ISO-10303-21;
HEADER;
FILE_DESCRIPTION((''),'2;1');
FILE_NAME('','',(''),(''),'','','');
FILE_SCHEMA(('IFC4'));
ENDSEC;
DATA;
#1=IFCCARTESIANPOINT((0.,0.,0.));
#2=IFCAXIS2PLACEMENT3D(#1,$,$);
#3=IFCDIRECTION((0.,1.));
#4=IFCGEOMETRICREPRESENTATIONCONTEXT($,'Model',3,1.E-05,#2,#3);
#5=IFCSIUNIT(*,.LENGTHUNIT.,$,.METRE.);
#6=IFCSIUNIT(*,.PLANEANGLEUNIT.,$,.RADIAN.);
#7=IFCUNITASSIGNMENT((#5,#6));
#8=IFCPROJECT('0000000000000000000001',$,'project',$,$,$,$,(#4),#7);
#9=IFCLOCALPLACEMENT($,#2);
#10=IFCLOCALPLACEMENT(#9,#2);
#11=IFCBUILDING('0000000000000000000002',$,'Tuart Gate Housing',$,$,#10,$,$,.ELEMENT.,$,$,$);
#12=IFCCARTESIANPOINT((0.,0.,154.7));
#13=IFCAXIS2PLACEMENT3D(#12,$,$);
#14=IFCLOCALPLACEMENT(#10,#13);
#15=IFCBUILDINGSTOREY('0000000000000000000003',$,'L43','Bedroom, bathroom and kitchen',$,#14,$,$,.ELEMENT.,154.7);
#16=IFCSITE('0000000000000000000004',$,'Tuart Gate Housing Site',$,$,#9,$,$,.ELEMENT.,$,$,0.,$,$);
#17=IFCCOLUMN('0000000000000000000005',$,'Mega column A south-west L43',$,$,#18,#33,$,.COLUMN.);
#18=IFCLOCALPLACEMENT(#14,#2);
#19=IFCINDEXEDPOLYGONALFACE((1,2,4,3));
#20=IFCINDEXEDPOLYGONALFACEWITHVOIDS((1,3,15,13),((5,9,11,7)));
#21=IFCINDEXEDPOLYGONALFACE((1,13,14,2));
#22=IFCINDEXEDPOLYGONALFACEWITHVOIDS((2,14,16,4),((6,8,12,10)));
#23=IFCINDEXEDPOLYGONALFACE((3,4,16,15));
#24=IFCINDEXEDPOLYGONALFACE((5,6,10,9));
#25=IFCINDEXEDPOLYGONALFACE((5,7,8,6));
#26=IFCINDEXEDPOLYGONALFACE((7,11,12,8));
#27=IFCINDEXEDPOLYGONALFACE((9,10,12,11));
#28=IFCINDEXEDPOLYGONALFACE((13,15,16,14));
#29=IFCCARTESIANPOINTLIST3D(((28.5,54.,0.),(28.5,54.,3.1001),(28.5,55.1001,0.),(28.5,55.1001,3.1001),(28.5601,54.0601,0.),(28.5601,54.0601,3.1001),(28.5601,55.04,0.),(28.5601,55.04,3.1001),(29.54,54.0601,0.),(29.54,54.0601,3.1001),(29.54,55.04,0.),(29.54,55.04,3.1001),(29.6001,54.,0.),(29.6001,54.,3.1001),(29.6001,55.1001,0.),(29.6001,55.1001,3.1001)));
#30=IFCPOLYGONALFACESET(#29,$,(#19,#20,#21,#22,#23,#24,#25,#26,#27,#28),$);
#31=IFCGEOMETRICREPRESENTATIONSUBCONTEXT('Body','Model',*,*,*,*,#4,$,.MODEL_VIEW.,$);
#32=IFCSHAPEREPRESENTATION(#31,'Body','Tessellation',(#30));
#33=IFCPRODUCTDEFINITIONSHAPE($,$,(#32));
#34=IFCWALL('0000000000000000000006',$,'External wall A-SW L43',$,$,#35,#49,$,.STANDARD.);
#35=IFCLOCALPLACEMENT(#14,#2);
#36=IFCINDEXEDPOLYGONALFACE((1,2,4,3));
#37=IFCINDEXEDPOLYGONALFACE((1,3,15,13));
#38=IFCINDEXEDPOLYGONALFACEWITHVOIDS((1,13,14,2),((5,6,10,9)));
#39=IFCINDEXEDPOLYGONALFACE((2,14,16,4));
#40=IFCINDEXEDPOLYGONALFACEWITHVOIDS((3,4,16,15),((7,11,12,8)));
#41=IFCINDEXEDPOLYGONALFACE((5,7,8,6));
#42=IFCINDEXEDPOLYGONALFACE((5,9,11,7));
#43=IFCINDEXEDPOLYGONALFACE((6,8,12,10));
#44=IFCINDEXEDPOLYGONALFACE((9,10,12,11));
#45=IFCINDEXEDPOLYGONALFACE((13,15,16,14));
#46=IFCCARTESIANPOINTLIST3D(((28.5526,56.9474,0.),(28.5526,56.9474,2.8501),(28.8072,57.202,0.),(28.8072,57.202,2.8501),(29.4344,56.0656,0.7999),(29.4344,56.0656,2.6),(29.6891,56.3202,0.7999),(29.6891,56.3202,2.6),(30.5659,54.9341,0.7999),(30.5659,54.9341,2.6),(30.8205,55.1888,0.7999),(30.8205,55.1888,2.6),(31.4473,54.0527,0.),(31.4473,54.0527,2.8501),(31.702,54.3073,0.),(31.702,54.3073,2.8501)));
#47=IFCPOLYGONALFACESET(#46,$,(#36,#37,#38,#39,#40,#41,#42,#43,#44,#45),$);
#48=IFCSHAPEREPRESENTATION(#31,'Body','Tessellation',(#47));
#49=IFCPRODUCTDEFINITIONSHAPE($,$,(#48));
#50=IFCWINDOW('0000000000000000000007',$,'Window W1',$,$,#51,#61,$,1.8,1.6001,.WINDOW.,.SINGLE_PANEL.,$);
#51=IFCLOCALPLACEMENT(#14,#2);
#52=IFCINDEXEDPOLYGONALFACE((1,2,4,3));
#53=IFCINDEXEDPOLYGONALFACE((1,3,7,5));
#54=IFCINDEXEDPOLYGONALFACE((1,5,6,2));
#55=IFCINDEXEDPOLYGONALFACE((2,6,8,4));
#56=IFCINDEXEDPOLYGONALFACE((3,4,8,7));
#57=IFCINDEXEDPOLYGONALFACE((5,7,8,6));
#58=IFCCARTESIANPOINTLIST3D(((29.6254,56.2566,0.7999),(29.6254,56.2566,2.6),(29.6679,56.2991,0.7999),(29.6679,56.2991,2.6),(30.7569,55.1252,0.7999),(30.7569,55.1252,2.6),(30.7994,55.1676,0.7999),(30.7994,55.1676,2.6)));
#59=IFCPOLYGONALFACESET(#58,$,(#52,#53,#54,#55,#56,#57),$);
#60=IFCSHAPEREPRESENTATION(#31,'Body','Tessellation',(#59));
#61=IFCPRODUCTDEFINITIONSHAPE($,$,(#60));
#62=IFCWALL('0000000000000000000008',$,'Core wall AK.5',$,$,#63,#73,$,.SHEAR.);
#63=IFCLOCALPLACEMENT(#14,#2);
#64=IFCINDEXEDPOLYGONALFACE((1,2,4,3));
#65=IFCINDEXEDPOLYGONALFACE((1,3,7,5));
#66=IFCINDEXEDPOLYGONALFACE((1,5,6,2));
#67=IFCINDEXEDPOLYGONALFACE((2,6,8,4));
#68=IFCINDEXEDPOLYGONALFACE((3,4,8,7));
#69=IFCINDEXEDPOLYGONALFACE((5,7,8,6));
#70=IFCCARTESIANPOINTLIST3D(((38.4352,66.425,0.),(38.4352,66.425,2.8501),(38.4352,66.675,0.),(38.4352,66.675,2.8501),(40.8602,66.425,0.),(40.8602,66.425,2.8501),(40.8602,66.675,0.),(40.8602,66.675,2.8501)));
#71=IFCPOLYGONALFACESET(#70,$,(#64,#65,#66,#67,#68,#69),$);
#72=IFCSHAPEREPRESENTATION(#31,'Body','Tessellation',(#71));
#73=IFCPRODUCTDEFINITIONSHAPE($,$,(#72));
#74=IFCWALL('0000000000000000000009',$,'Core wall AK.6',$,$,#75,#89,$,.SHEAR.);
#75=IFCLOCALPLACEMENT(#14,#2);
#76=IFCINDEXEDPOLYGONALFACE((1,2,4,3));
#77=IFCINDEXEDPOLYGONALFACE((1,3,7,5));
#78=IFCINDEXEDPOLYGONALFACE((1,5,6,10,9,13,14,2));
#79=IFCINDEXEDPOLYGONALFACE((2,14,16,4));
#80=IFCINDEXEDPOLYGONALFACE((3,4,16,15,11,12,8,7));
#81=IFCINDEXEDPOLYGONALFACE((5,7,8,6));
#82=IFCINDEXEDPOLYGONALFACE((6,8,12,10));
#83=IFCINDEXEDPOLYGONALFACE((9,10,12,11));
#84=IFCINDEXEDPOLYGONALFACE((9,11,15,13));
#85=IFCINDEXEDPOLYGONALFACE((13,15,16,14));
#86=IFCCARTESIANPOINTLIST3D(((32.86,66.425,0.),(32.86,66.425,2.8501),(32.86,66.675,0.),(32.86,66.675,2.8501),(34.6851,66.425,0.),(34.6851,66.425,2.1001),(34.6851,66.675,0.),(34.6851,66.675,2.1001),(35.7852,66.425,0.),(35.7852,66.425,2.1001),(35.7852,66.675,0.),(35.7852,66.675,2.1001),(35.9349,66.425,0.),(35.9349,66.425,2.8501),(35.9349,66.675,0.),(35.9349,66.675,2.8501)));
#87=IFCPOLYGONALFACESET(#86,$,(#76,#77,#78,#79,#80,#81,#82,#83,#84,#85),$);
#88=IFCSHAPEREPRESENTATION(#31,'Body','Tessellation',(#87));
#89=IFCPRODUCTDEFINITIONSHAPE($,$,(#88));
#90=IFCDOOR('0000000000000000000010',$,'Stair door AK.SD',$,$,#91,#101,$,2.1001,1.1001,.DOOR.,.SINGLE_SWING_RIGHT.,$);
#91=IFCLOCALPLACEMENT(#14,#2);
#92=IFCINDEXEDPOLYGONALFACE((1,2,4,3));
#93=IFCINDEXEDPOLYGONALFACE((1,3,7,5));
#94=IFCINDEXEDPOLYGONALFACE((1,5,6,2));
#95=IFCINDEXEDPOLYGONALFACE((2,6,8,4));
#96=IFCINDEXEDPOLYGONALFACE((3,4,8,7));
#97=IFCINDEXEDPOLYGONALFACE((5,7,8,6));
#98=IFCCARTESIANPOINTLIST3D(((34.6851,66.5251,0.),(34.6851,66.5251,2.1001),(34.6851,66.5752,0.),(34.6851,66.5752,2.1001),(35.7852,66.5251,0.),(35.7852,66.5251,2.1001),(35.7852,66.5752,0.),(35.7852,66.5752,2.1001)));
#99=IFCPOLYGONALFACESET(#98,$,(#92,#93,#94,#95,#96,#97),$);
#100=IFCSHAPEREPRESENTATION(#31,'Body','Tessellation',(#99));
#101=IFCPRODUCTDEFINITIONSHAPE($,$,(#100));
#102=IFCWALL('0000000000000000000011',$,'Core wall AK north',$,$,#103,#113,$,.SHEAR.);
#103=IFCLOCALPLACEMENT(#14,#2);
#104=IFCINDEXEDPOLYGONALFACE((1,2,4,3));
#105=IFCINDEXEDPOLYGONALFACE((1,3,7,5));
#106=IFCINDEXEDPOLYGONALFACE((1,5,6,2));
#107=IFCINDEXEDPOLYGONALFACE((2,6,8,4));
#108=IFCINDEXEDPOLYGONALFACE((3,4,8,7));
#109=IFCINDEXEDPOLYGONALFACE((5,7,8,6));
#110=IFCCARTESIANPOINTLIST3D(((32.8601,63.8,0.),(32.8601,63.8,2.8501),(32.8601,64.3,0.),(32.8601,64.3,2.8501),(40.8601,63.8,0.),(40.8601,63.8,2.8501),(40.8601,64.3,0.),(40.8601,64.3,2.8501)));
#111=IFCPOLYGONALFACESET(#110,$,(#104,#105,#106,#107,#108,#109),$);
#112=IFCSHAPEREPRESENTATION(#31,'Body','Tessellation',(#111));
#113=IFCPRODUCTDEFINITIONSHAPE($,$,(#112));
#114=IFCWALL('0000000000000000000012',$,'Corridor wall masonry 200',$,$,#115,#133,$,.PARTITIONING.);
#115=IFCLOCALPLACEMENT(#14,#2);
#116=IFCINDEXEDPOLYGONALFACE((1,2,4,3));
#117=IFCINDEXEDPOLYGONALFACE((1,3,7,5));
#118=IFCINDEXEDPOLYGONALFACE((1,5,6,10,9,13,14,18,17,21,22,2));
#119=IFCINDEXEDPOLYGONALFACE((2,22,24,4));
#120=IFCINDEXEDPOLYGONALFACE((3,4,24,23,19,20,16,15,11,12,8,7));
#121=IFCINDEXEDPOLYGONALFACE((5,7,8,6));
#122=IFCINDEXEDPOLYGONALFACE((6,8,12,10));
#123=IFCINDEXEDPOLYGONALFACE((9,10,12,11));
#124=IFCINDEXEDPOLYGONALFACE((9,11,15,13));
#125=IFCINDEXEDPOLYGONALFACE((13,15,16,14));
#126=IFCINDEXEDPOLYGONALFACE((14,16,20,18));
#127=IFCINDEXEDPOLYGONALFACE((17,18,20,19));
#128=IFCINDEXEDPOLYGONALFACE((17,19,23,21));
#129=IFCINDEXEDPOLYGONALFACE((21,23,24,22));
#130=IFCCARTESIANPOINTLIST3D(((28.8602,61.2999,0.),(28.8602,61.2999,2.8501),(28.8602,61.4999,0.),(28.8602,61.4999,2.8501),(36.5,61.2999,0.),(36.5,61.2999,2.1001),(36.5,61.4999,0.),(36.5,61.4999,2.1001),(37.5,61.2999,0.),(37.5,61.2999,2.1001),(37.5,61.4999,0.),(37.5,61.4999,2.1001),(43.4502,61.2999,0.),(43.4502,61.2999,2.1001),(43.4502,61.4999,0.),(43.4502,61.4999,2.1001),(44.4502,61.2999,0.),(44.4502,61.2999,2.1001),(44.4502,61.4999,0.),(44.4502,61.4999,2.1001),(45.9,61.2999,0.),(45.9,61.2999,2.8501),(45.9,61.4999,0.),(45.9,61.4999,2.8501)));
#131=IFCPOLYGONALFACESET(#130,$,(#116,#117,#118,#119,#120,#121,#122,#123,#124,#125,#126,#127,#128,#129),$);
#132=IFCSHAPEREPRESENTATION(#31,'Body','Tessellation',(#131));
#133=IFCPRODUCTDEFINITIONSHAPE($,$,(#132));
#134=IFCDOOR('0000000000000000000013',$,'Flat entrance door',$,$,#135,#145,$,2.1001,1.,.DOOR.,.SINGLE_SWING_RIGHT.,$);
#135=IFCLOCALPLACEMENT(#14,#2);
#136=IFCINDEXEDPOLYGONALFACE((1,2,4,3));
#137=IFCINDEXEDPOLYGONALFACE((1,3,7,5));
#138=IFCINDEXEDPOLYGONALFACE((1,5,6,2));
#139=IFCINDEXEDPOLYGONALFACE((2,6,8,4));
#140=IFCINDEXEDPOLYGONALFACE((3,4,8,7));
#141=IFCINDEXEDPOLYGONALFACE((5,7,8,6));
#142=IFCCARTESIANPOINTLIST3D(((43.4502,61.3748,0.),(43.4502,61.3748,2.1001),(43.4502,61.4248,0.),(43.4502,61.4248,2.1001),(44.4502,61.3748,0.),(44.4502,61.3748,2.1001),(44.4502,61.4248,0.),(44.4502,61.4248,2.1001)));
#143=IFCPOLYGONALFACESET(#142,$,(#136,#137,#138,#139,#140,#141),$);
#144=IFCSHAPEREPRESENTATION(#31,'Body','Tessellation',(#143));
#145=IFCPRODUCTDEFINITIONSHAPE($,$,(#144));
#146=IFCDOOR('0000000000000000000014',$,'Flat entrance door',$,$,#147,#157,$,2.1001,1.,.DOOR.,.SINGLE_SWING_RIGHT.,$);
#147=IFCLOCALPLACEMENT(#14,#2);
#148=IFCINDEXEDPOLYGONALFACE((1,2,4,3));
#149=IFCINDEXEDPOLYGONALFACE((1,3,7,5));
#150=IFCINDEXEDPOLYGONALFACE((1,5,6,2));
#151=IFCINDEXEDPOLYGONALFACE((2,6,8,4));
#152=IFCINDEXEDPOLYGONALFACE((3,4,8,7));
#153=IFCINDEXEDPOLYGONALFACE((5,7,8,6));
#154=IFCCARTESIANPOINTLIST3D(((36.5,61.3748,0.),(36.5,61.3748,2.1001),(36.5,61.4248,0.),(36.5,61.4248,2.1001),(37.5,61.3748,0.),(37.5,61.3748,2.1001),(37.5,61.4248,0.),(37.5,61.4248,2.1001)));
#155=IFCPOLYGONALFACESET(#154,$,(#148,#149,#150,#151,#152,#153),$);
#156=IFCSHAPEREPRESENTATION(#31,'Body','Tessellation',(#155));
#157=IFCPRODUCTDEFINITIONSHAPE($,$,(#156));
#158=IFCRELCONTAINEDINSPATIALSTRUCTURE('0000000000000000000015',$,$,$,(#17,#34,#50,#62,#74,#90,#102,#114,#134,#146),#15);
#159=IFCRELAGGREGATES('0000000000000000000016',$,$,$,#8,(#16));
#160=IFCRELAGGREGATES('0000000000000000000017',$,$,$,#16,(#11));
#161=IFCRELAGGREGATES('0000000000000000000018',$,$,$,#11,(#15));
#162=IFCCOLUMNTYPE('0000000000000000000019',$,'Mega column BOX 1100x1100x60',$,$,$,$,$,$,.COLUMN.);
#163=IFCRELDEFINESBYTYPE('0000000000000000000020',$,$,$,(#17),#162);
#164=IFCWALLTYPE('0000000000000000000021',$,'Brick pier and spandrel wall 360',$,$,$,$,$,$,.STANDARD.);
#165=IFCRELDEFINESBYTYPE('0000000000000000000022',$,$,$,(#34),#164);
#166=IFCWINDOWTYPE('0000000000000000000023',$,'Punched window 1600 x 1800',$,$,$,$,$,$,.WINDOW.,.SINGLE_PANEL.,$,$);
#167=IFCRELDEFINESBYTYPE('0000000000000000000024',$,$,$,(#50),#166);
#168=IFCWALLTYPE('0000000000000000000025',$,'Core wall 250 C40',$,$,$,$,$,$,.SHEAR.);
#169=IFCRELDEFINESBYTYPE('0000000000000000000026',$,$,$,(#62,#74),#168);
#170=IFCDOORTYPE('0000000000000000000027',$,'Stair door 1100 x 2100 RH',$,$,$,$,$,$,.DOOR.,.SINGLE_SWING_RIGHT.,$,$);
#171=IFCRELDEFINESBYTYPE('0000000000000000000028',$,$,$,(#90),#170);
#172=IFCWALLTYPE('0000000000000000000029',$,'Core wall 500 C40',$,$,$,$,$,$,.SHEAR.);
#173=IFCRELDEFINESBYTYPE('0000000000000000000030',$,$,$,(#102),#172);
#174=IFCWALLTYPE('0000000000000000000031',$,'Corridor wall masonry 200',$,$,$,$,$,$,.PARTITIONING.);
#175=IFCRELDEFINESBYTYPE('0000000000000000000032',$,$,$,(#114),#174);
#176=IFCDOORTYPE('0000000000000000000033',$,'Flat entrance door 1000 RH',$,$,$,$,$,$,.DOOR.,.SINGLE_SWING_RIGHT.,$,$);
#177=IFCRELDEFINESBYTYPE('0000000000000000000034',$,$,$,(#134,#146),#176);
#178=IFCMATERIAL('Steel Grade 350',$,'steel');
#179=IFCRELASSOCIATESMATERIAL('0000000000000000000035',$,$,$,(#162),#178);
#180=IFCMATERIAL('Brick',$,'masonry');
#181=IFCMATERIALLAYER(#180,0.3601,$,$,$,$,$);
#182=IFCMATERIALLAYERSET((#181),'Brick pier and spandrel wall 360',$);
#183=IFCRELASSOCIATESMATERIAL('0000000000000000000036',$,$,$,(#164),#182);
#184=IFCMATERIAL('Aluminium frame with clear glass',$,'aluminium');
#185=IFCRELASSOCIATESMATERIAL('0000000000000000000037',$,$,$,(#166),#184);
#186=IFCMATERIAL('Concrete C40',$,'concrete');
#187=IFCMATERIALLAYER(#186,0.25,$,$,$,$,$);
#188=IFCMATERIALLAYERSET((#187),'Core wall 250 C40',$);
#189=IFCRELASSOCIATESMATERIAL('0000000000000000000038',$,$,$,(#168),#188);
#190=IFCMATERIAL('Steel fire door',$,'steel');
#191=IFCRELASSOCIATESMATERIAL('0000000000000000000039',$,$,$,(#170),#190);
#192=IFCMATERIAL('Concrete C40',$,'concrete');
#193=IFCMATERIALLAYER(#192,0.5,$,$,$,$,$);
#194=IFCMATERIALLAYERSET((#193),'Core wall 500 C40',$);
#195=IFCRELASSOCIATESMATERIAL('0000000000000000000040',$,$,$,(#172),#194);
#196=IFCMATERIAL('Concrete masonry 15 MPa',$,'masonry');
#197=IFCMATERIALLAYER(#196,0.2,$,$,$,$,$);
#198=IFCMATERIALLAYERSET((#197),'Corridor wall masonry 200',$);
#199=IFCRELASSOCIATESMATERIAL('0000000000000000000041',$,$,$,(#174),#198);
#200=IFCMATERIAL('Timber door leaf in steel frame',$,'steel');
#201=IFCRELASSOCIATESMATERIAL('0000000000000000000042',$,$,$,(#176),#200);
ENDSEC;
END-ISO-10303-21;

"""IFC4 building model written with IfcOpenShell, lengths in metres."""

from ifc_helpers import new_model, si_unit, direction, frame, frame_2d, origin, origin_2d, place, context, subcontext, project, spatial, rectangle, hollow_rectangle, extrude, material, layer, layer_set, material_profile, profile_set, type_object, element, fill, save


model = new_model("IFC4")

# Units and contexts
model_context = context("Model", 3, precision=1e-05, world=origin(), true_north=direction((0.0, 1.0)))
body_context = subcontext(model_context, "Body", "Model", "MODEL_VIEW")
ifc_project = project(units=[si_unit("LENGTHUNIT", "METRE"), si_unit("PLANEANGLEUNIT", "RADIAN")], contexts=[model_context])

# Site, building, storey
site_placement = place(None, origin())
site = spatial("IfcSite", under=ifc_project, at=site_placement, Name="Tuart Gate Housing Site", CompositionType="ELEMENT", RefElevation=0.0)
building_placement = place(site_placement, origin())
building = spatial("IfcBuilding", under=site, at=building_placement, Name="Tuart Gate Housing", CompositionType="ELEMENT")
storey_placement = place(building_placement, frame((0.0, 0.0, 154.7)))
storey = spatial("IfcBuildingStorey", under=building, at=storey_placement, Name="L43", Description="Bedroom, bathroom and kitchen", CompositionType="ELEMENT", Elevation=154.7)

# Column
ifc_material_1 = material(Name="Steel Grade 350", Category="steel")
ifc_material_profile = material_profile(ifc_material_1, hollow_rectangle(XDim=1.1001, YDim=1.1001, WallThickness=0.0601, at=origin_2d()), Name="BOX 1100x1100x60")
ifc_profile_set = profile_set([ifc_material_profile], Name="Steel Grade 350")
column_type = type_object("IfcColumnType", Name="Mega column BOX 1100x1100x60", PredefinedType="COLUMN", material=ifc_profile_set)
column_placement = place(storey_placement, frame((29.05, 54.55, 0.0), z_axis=(0.0, 0.0, 1.0), x_axis=(1.0, 0.0, 0.0)))
element("IfcColumn", 1, at=column_placement, inside=storey, type_object=column_type, Name="Mega column A south-west L43", PredefinedType="COLUMN", context=body_context, shape_type="SweptSolid", body=[
    extrude(hollow_rectangle(XDim=1.1001, YDim=1.1001, WallThickness=0.0601, at=origin_2d()), origin(), (0.0, 0.0, 1.0), 3.1001),
])

# Wall, opening, window
ifc_material_2 = material(Name="Brick", Category="masonry")
ifc_layer_1 = layer(ifc_material_2, 0.3601)
ifc_layer_set_1 = layer_set([ifc_layer_1], Name="Brick pier and spandrel wall 360")
wall_type_1 = type_object("IfcWallType", Name="Brick pier and spandrel wall 360", PredefinedType="STANDARD", material=ifc_layer_set_1)
wall_1_placement = place(storey_placement, frame((28.6799, 57.0747, 0.0), z_axis=(0.0, 0.0, 1.0), x_axis=(0.707107, -0.707107, 0.0)))
wall_1 = element("IfcWall", 2, at=wall_1_placement, inside=storey, type_object=wall_type_1, Name="External wall A-SW L43", PredefinedType="STANDARD", context=body_context, shape_type="SweptSolid", body=[
    extrude(rectangle(XDim=4.0938, YDim=0.3601, at=frame_2d((2.0469, 0.0))), origin(), (0.0, 0.0, 1.0), 2.8501),
])
opening_1_placement = place(wall_1_placement, frame((1.2471, 0.0, 0.8)))
opening_1 = element("IfcOpeningElement", 3, at=opening_1_placement, cuts=wall_1, PredefinedType="OPENING", context=body_context, shape_type="SweptSolid", body=[
    extrude(rectangle(XDim=1.6001, YDim=1.8, at=frame_2d((0.8, 0.8999))), frame((0.0, 0.1899, 0.0), z_axis=(0.0, -1.0, 0.0), x_axis=(1.0, 0.0, 0.0)), (0.0, 0.0, 1.0), 0.3801),
])
ifc_material_3 = material(Name="Aluminium frame with clear glass", Category="aluminium")
window_type = type_object("IfcWindowType", Name="Punched window 1600 x 1800", PartitioningType="SINGLE_PANEL", PredefinedType="WINDOW", material=ifc_material_3)
window_placement = place(opening_1_placement, origin())
window = element("IfcWindow", 4, at=window_placement, inside=storey, type_object=window_type, Name="Window W1", OverallHeight=1.8, OverallWidth=1.6001, PartitioningType="SINGLE_PANEL", PredefinedType="WINDOW", context=body_context, shape_type="SweptSolid", body=[
    extrude(rectangle(XDim=1.6001, YDim=1.8, at=frame_2d((0.8, 0.8999))), frame((0.0, 0.1501, 0.0), z_axis=(0.0, -1.0, 0.0), x_axis=(1.0, 0.0, 0.0)), (0.0, 0.0, 1.0), 0.0601),
])
fill(opening_1, window)

# Wall
ifc_material_4 = material(Name="Concrete C40", Category="concrete")
ifc_layer_2 = layer(ifc_material_4, 0.25)
ifc_layer_set_2 = layer_set([ifc_layer_2], Name="Core wall 250 C40")
wall_type_2 = type_object("IfcWallType", Name="Core wall 250 C40", PredefinedType="SHEAR", material=ifc_layer_set_2)
wall_2_placement = place(storey_placement, frame((40.8601, 66.55, 0.0), z_axis=(0.0, 0.0, 1.0), x_axis=(-1.0, 0.0, 0.0)))
element("IfcWall", 5, at=wall_2_placement, inside=storey, type_object=wall_type_2, Name="Core wall AK.5", PredefinedType="SHEAR", context=body_context, shape_type="SweptSolid", body=[
    extrude(rectangle(XDim=2.425, YDim=0.25, at=frame_2d((1.2124, 0.0))), origin(), (0.0, 0.0, 1.0), 2.8501),
])

# Wall, opening, door
wall_3_placement = place(storey_placement, frame((35.9351, 66.55, 0.0), z_axis=(0.0, 0.0, 1.0), x_axis=(-1.0, 0.0, 0.0)))
wall_3 = element("IfcWall", 6, at=wall_3_placement, inside=storey, type_object=wall_type_2, Name="Core wall AK.6", PredefinedType="SHEAR", context=body_context, shape_type="SweptSolid", body=[
    extrude(rectangle(XDim=3.075, YDim=0.25, at=frame_2d((1.5376, 0.0))), origin(), (0.0, 0.0, 1.0), 2.8501),
])
opening_2_placement = place(wall_3_placement, frame((0.1499, 0.0, 0.0)))
opening_2 = element("IfcOpeningElement", 7, at=opening_2_placement, cuts=wall_3, PredefinedType="OPENING", context=body_context, shape_type="SweptSolid", body=[
    extrude(rectangle(XDim=1.1001, YDim=2.1001, at=frame_2d((0.55, 1.05))), frame((0.0, 0.135, 0.0), z_axis=(0.0, -1.0, 0.0), x_axis=(1.0, 0.0, 0.0)), (0.0, 0.0, 1.0), 0.27),
])
ifc_material_5 = material(Name="Steel fire door", Category="steel")
door_type_1 = type_object("IfcDoorType", Name="Stair door 1100 x 2100 RH", OperationType="SINGLE_SWING_RIGHT", PredefinedType="DOOR", material=ifc_material_5)
door_1_placement = place(opening_2_placement, frame((1.1001, 0.0, 0.0), z_axis=(0.0, 0.0, 1.0), x_axis=(-1.0, 0.0, 0.0)))
door_1 = element("IfcDoor", 8, at=door_1_placement, inside=storey, type_object=door_type_1, Name="Stair door AK.SD", OperationType="SINGLE_SWING_RIGHT", OverallHeight=2.1001, OverallWidth=1.1001, PredefinedType="DOOR", context=body_context, shape_type="SweptSolid", body=[
    extrude(rectangle(XDim=1.1001, YDim=2.1001, at=frame_2d((0.55, 1.05))), frame((0.0, 0.0251, 0.0), z_axis=(0.0, -1.0, 0.0), x_axis=(1.0, 0.0, 0.0)), (0.0, 0.0, 1.0), 0.05),
])
fill(opening_2, door_1)

# Wall
ifc_material_6 = material(Name="Concrete C40", Category="concrete")
ifc_layer_3 = layer(ifc_material_6, 0.5)
ifc_layer_set_3 = layer_set([ifc_layer_3], Name="Core wall 500 C40")
wall_type_3 = type_object("IfcWallType", Name="Core wall 500 C40", PredefinedType="SHEAR", material=ifc_layer_set_3)
wall_4_placement = place(storey_placement, frame((40.8601, 64.05, 0.0), z_axis=(0.0, 0.0, 1.0), x_axis=(-1.0, 0.0, 0.0)))
element("IfcWall", 9, at=wall_4_placement, inside=storey, type_object=wall_type_3, Name="Core wall AK north", PredefinedType="SHEAR", context=body_context, shape_type="SweptSolid", body=[
    extrude(rectangle(XDim=8.0, YDim=0.5, at=frame_2d((4.0, 0.0))), origin(), (0.0, 0.0, 1.0), 2.8501),
])

# Wall, openings, doors
ifc_material_7 = material(Name="Concrete masonry 15 MPa", Category="masonry")
ifc_layer_4 = layer(ifc_material_7, 0.2)
ifc_layer_set_4 = layer_set([ifc_layer_4], Name="Corridor wall masonry 200")
wall_type_4 = type_object("IfcWallType", Name="Corridor wall masonry 200", PredefinedType="PARTITIONING", material=ifc_layer_set_4)
wall_5_placement = place(storey_placement, frame((28.8601, 61.3999, 0.0), z_axis=(0.0, 0.0, 1.0), x_axis=(1.0, 0.0, 0.0)))
wall_5 = element("IfcWall", 10, at=wall_5_placement, inside=storey, type_object=wall_type_4, Name="Corridor wall masonry 200", PredefinedType="PARTITIONING", context=body_context, shape_type="SweptSolid", body=[
    extrude(rectangle(XDim=17.0398, YDim=0.2, at=frame_2d((8.52, 0.0))), origin(), (0.0, 0.0, 1.0), 2.8501),
])
opening_3_placement = place(wall_5_placement, frame((14.5901, 0.0, 0.0)))
opening_3 = element("IfcOpeningElement", 11, at=opening_3_placement, cuts=wall_5, PredefinedType="OPENING", context=body_context, shape_type="SweptSolid", body=[
    extrude(rectangle(XDim=1.0, YDim=2.1001, at=frame_2d((0.5, 1.05))), frame((0.0, 0.1099, 0.0), z_axis=(0.0, -1.0, 0.0), x_axis=(1.0, 0.0, 0.0)), (0.0, 0.0, 1.0), 0.22),
])
opening_4_placement = place(wall_5_placement, frame((7.6399, 0.0, 0.0)))
opening_4 = element("IfcOpeningElement", 12, at=opening_4_placement, cuts=wall_5, PredefinedType="OPENING", context=body_context, shape_type="SweptSolid", body=[
    extrude(rectangle(XDim=1.0, YDim=2.1001, at=frame_2d((0.5, 1.05))), frame((0.0, 0.1099, 0.0), z_axis=(0.0, -1.0, 0.0), x_axis=(1.0, 0.0, 0.0)), (0.0, 0.0, 1.0), 0.22),
])
ifc_material_8 = material(Name="Timber door leaf in steel frame", Category="steel")
door_type_2 = type_object("IfcDoorType", Name="Flat entrance door 1000 RH", OperationType="SINGLE_SWING_RIGHT", PredefinedType="DOOR", material=ifc_material_8)
door_2_placement = place(opening_3_placement, frame((1.0, 0.0, 0.0), z_axis=(0.0, 0.0, 1.0), x_axis=(-1.0, 0.0, 0.0)))
door_2 = element("IfcDoor", 13, at=door_2_placement, inside=storey, type_object=door_type_2, Name="Flat entrance door", OperationType="SINGLE_SWING_RIGHT", OverallHeight=2.1001, OverallWidth=1.0, PredefinedType="DOOR", context=body_context, shape_type="SweptSolid", body=[
    extrude(rectangle(XDim=1.0, YDim=2.1001, at=frame_2d((0.5, 1.05))), frame((0.0, 0.0251, 0.0), z_axis=(0.0, -1.0, 0.0), x_axis=(1.0, 0.0, 0.0)), (0.0, 0.0, 1.0), 0.05),
])
fill(opening_3, door_2)
door_3_placement = place(opening_4_placement, frame((1.0, 0.0, 0.0), z_axis=(0.0, 0.0, 1.0), x_axis=(-1.0, 0.0, 0.0)))
door_3 = element("IfcDoor", 14, at=door_3_placement, inside=storey, type_object=door_type_2, Name="Flat entrance door", OperationType="SINGLE_SWING_RIGHT", OverallHeight=2.1001, OverallWidth=1.0, PredefinedType="DOOR", context=body_context, shape_type="SweptSolid", body=[
    extrude(rectangle(XDim=1.0, YDim=2.1001, at=frame_2d((0.5, 1.05))), frame((0.0, 0.0251, 0.0), z_axis=(0.0, -1.0, 0.0), x_axis=(1.0, 0.0, 0.0)), (0.0, 0.0, 1.0), 0.05),
])
fill(opening_4, door_3)

save(model, "model.ifc")
